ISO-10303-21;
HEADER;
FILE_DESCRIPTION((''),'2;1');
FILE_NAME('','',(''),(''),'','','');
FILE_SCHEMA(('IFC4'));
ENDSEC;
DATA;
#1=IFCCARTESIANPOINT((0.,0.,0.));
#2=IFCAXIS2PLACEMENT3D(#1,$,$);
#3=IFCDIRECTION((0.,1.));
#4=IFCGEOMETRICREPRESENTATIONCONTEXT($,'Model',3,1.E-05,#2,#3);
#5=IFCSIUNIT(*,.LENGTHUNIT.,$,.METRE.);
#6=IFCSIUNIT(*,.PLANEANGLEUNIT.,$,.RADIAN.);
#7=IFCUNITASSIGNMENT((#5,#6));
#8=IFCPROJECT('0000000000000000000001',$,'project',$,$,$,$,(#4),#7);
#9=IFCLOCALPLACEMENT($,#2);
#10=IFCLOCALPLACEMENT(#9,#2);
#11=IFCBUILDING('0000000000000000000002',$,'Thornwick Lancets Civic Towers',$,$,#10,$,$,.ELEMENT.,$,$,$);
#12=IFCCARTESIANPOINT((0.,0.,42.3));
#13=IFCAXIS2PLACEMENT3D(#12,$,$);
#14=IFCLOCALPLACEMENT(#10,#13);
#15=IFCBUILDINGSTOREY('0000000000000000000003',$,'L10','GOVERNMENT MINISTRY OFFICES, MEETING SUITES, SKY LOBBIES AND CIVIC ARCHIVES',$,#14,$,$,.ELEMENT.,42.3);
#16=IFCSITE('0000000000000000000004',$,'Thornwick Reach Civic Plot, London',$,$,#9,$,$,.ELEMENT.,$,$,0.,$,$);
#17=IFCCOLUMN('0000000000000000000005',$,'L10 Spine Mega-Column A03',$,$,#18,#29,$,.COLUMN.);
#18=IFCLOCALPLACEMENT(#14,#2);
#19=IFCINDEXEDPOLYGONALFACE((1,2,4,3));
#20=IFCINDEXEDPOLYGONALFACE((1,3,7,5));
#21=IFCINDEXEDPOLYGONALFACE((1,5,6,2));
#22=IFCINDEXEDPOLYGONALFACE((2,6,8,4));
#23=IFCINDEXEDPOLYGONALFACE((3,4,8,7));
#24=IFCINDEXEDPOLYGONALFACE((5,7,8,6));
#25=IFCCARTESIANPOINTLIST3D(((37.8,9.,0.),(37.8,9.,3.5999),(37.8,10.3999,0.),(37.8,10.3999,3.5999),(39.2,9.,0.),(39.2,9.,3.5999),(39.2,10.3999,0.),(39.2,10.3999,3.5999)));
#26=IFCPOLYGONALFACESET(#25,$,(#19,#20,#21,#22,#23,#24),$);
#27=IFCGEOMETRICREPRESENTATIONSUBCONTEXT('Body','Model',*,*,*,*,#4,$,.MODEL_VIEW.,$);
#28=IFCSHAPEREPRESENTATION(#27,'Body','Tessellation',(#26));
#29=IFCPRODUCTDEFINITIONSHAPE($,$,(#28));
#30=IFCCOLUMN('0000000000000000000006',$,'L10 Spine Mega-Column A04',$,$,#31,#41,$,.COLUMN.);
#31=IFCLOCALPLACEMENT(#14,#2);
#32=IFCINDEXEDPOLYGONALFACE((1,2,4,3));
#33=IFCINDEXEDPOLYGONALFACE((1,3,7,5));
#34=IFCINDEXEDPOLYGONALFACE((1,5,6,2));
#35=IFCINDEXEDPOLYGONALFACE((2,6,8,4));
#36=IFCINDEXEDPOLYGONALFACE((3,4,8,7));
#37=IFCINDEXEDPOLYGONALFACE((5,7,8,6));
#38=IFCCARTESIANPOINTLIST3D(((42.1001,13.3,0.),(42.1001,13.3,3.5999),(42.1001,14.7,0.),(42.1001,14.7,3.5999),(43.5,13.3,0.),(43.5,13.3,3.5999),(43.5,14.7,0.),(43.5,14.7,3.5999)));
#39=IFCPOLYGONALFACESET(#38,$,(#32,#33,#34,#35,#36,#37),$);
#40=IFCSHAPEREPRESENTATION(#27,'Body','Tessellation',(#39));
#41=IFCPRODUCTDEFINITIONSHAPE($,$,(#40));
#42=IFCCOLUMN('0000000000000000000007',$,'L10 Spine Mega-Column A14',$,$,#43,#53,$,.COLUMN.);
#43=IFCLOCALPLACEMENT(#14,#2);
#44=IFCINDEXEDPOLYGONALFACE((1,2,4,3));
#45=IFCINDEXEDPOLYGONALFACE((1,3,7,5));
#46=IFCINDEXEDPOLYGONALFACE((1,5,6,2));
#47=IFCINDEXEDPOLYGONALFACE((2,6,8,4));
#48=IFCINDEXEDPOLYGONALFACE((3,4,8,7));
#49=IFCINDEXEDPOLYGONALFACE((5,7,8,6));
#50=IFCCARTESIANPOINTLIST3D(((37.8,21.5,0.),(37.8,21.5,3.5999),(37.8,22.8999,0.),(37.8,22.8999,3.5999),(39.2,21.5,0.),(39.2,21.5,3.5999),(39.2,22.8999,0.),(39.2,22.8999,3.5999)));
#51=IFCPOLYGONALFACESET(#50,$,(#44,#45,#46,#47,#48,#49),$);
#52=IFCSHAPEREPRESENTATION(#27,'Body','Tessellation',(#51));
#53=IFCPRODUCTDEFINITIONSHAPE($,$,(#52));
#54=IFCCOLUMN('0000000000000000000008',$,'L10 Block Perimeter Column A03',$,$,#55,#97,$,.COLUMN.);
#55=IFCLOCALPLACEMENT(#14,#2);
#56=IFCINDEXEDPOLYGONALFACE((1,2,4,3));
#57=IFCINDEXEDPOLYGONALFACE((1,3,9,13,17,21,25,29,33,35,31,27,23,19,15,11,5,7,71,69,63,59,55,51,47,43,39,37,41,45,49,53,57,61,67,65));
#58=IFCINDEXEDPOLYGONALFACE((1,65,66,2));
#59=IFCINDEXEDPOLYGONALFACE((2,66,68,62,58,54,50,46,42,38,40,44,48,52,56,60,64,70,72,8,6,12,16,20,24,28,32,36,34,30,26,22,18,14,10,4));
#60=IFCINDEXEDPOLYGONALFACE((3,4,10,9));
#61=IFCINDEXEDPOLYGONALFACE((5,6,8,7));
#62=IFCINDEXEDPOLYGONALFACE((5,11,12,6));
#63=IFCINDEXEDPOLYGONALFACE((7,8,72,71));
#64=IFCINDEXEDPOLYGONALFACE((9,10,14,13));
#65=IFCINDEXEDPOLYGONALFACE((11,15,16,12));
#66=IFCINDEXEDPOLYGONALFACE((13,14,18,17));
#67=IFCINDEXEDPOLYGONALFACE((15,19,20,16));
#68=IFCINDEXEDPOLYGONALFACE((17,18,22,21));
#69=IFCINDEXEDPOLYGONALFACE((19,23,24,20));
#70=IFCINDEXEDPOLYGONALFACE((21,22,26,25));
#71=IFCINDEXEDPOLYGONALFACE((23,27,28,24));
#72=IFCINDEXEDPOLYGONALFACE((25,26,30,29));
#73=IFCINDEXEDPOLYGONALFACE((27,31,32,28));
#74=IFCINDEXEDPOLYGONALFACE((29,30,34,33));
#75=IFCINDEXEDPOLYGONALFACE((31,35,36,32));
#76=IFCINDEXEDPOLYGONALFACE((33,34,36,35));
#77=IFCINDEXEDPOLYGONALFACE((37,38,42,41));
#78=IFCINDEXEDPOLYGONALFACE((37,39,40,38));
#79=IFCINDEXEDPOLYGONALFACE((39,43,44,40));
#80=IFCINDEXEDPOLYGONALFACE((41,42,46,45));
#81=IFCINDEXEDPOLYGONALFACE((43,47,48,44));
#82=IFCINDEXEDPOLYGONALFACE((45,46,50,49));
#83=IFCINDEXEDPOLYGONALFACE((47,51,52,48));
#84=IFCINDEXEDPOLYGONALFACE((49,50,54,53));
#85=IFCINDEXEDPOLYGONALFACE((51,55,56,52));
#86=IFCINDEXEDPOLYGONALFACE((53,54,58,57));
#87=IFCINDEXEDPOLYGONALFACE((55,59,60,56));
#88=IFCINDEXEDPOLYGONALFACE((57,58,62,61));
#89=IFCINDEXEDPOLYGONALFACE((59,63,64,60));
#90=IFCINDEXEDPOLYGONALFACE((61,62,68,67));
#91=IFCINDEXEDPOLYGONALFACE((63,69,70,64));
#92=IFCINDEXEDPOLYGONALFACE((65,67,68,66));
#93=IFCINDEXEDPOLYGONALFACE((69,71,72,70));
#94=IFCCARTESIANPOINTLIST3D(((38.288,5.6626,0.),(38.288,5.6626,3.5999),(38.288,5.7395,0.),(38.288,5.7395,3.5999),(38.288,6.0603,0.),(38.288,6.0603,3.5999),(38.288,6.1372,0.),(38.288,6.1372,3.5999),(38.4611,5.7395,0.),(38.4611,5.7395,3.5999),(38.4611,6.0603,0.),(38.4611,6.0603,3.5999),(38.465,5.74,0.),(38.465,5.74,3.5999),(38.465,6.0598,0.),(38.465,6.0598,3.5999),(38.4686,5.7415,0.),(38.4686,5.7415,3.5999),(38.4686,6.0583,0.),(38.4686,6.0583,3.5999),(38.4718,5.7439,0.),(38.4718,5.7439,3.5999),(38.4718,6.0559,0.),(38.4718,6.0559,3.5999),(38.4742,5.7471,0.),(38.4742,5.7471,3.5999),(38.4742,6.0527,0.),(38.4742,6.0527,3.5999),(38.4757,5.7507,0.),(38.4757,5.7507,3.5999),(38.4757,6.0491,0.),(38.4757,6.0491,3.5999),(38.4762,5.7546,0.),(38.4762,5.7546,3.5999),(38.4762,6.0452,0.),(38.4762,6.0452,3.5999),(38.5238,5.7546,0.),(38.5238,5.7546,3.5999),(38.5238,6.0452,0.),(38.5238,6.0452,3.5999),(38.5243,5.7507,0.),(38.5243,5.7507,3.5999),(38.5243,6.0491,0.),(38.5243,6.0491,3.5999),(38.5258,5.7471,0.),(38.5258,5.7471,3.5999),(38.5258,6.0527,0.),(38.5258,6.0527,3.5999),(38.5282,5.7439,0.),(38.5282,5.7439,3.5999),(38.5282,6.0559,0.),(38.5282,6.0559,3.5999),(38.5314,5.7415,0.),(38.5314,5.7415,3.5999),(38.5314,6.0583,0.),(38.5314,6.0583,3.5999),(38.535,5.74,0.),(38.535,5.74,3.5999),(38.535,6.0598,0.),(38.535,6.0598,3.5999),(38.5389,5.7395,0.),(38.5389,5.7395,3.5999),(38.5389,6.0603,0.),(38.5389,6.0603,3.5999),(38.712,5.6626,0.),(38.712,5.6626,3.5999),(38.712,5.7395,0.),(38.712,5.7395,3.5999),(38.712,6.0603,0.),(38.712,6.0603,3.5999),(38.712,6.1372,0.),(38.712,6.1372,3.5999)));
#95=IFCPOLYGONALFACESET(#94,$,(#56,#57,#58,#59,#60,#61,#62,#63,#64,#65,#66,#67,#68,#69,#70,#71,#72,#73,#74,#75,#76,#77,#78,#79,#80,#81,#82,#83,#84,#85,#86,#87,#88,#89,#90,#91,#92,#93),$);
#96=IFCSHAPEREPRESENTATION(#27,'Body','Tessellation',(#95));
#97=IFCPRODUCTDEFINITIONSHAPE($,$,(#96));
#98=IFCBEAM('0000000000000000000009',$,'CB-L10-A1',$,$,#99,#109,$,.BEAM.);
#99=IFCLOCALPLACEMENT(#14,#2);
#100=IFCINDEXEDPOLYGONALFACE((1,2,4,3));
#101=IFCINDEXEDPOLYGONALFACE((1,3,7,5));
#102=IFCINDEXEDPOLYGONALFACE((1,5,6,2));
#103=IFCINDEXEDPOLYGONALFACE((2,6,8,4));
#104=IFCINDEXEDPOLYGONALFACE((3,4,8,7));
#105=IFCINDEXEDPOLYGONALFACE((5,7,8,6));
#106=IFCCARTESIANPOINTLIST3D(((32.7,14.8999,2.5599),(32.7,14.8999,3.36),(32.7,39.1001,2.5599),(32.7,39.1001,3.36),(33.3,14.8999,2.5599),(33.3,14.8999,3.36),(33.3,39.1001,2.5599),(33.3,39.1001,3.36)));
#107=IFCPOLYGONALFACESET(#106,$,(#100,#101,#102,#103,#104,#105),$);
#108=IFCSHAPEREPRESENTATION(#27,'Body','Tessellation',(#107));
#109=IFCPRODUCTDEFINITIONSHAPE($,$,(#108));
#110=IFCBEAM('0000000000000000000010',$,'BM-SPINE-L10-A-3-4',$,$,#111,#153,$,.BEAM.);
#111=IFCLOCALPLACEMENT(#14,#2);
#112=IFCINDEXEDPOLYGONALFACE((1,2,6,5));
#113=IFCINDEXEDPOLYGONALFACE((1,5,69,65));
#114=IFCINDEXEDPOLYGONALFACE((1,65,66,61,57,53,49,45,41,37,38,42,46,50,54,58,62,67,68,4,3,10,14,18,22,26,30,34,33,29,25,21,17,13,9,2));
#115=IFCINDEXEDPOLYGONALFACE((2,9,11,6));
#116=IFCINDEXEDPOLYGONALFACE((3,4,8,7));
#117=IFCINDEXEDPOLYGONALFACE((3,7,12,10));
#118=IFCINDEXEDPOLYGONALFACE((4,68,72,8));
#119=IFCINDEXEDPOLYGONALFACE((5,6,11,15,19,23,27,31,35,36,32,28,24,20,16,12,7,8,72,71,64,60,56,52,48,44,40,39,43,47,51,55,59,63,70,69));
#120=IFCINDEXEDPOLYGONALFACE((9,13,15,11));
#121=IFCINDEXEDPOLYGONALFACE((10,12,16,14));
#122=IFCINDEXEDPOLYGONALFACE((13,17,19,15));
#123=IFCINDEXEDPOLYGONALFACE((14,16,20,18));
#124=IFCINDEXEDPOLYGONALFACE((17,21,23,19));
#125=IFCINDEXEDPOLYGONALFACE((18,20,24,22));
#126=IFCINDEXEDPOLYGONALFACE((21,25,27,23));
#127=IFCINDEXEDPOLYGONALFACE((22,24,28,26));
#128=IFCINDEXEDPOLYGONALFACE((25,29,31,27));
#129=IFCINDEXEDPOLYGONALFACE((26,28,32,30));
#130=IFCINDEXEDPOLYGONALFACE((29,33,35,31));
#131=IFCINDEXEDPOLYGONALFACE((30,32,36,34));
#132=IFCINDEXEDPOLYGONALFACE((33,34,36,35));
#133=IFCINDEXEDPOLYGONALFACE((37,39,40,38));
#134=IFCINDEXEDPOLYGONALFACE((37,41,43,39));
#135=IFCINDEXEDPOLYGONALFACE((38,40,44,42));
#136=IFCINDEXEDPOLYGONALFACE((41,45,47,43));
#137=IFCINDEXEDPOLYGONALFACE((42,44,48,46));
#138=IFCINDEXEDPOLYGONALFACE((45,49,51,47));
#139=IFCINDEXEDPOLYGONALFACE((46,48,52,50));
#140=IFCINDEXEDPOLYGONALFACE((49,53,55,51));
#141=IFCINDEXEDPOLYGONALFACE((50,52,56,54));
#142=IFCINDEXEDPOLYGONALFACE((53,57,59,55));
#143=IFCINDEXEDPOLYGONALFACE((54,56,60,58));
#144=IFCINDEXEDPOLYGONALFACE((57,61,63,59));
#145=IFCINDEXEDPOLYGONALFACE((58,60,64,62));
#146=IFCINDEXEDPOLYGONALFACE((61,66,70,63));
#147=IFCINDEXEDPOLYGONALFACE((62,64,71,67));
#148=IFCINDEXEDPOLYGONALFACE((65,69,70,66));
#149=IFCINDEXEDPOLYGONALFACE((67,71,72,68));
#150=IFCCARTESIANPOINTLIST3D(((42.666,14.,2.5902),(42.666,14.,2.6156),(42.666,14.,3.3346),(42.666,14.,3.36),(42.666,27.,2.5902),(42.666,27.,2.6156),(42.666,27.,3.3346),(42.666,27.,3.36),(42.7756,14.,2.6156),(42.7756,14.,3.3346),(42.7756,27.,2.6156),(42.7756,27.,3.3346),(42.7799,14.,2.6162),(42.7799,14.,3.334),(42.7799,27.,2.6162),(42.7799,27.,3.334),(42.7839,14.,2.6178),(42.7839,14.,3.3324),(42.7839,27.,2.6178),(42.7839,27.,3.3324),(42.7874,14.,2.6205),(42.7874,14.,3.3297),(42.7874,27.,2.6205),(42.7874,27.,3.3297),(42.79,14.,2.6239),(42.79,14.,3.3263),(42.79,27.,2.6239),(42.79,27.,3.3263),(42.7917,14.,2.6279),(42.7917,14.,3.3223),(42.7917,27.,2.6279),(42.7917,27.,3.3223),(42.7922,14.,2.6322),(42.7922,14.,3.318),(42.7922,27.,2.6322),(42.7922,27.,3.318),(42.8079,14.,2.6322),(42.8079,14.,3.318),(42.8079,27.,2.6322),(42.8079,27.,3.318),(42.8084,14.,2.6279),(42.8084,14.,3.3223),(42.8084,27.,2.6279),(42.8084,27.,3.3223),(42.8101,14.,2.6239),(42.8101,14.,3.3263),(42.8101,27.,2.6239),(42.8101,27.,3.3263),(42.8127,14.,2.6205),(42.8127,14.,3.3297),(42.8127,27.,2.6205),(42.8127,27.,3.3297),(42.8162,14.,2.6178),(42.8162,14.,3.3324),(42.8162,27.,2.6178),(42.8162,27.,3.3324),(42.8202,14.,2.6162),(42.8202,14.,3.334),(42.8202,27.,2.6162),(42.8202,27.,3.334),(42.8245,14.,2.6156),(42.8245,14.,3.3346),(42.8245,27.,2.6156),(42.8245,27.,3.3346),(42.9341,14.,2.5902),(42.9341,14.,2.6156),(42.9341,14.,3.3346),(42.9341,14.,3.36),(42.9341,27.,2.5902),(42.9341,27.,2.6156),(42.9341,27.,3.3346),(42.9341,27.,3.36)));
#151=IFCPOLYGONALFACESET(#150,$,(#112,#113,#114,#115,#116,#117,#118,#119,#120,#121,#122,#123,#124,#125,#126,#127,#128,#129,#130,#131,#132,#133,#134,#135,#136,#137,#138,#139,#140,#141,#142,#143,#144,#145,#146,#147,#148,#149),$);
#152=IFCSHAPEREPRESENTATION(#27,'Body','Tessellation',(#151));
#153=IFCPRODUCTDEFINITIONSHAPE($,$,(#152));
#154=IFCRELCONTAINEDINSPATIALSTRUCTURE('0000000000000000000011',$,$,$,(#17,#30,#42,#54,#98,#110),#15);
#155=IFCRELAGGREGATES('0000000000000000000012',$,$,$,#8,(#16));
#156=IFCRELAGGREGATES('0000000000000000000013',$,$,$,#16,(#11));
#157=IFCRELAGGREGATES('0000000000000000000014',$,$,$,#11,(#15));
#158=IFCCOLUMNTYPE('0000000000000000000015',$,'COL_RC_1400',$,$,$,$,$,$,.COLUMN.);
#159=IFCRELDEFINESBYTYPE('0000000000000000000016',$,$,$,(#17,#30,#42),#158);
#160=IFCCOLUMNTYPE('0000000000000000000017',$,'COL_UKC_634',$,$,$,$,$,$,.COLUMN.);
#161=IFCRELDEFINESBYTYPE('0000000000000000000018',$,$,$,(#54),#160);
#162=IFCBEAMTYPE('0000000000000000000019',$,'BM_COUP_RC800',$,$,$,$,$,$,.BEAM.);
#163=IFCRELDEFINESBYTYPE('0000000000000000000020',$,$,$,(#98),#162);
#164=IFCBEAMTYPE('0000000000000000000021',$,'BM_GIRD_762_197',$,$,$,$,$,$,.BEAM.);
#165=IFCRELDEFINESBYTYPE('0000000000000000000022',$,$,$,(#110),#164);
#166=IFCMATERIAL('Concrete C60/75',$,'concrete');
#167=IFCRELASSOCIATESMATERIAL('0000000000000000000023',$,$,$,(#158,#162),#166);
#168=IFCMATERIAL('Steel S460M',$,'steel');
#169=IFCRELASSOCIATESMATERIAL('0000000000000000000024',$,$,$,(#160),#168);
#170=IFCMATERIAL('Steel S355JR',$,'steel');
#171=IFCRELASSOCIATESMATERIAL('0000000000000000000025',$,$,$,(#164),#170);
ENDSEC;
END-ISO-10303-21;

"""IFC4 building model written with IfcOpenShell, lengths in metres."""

from ifc_helpers import new_model, si_unit, direction, frame, origin, origin_2d, place, context, subcontext, project, spatial, rectangle, i_section, extrude, material, material_profile, profile_set, type_object, element, save


model = new_model("IFC4")

# Units and contexts
model_context = context("Model", 3, precision=1e-05, world=origin(), true_north=direction((0.0, 1.0)))
body_context = subcontext(model_context, "Body", "Model", "MODEL_VIEW")
ifc_project = project(units=[si_unit("LENGTHUNIT", "METRE"), si_unit("PLANEANGLEUNIT", "RADIAN")], contexts=[model_context])

# Site, building, storey
site_placement = place(None, origin())
site = spatial("IfcSite", under=ifc_project, at=site_placement, Name="Thornwick Reach Civic Plot, London", CompositionType="ELEMENT", RefElevation=0.0)
building_placement = place(site_placement, origin())
building = spatial("IfcBuilding", under=site, at=building_placement, Name="Thornwick Lancets Civic Towers", CompositionType="ELEMENT")
storey_placement = place(building_placement, frame((0.0, 0.0, 42.3)))
storey = spatial("IfcBuildingStorey", under=building, at=storey_placement, Name="L10", Description="GOVERNMENT MINISTRY OFFICES, MEETING SUITES, SKY LOBBIES AND CIVIC ARCHIVES", CompositionType="ELEMENT", Elevation=42.3)

# Columns
ifc_material_1 = material(Name="Concrete C60/75", Category="concrete")
ifc_material_profile_1 = material_profile(ifc_material_1, rectangle(XDim=1.3999, YDim=1.3999, at=origin_2d()), Name="RC 1400x1400")
ifc_profile_set_1 = profile_set([ifc_material_profile_1], Name="Concrete C60/75")
column_type_1 = type_object("IfcColumnType", Name="COL_RC_1400", PredefinedType="COLUMN", material=ifc_profile_set_1)
for number, where, z_axis, x_axis, name in (
    (1, (38.5, 9.7, 0.0), (0.0, 0.0, 1.0), (1.0, 0.0, 0.0), "L10 Spine Mega-Column A03"),
    (2, (42.8, 14.0, 0.0), (0.0, 0.0, 1.0), (1.0, 0.0, 0.0), "L10 Spine Mega-Column A04"),
    (3, (38.5, 22.2, 0.0), (0.0, 0.0, 1.0), (1.0, 0.0, 0.0), "L10 Spine Mega-Column A14"),
):
    element("IfcColumn", number, at=place(storey_placement, frame(where, z_axis=z_axis, x_axis=x_axis)), inside=storey, type_object=column_type_1, Name=name, PredefinedType="COLUMN", context=body_context, shape_type="SweptSolid", body=[
        extrude(rectangle(XDim=1.3999, YDim=1.3999, at=origin_2d()), origin(), (0.0, 0.0, 1.0), 3.5999),
    ])
ifc_material_2 = material(Name="Steel S460M", Category="steel")
ifc_material_profile_2 = material_profile(ifc_material_2, i_section(OverallWidth=0.4241, OverallDepth=0.4746, WebThickness=0.0476, FlangeThickness=0.0769, FilletRadius=0.0151, at=origin_2d()), Name="UKC 356x406x634")
ifc_profile_set_2 = profile_set([ifc_material_profile_2], Name="Steel S460M")
column_type_2 = type_object("IfcColumnType", Name="COL_UKC_634", PredefinedType="COLUMN", material=ifc_profile_set_2)
column_placement = place(storey_placement, frame((38.5, 5.8999, 0.0), z_axis=(0.0, 0.0, 1.0), x_axis=(1.0, 0.0, 0.0)))
element("IfcColumn", 4, at=column_placement, inside=storey, type_object=column_type_2, Name="L10 Block Perimeter Column A03", PredefinedType="COLUMN", context=body_context, shape_type="SweptSolid", body=[
    extrude(i_section(OverallWidth=0.4241, OverallDepth=0.4746, WebThickness=0.0476, FlangeThickness=0.0769, FilletRadius=0.0151, at=origin_2d()), origin(), (0.0, 0.0, 1.0), 3.5999),
])

# Beams
ifc_material_profile_3 = material_profile(ifc_material_1, rectangle(XDim=0.6001, YDim=0.8, at=origin_2d()), Name="RC 600x800")
ifc_profile_set_3 = profile_set([ifc_material_profile_3], Name="Concrete C60/75")
beam_type_1 = type_object("IfcBeamType", Name="BM_COUP_RC800", PredefinedType="BEAM", material=ifc_profile_set_3)
beam_1_placement = place(storey_placement, frame((33.0, 14.8999, 2.96), z_axis=(0.0, 1.0, 0.0), x_axis=(-1.0, 0.0, 0.0)))
element("IfcBeam", 5, at=beam_1_placement, inside=storey, type_object=beam_type_1, Name="CB-L10-A1", PredefinedType="BEAM", context=body_context, shape_type="SweptSolid", body=[
    extrude(rectangle(XDim=0.6001, YDim=0.8, at=origin_2d()), origin(), (0.0, 0.0, 1.0), 24.2002),
])
ifc_material_3 = material(Name="Steel S355JR", Category="steel")
ifc_material_profile_4 = material_profile(ifc_material_3, i_section(OverallWidth=0.2681, OverallDepth=0.7698, WebThickness=0.0156, FlangeThickness=0.0254, FilletRadius=0.0166, at=origin_2d()), Name="UKB 762x267x197")
ifc_profile_set_4 = profile_set([ifc_material_profile_4], Name="Steel S355JR")
beam_type_2 = type_object("IfcBeamType", Name="BM_GIRD_762_197", PredefinedType="BEAM", material=ifc_profile_set_4)
beam_2_placement = place(storey_placement, frame((42.8, 14.0, 2.9751), z_axis=(0.0, 1.0, 0.0), x_axis=(-1.0, 0.0, 0.0)))
element("IfcBeam", 6, at=beam_2_placement, inside=storey, type_object=beam_type_2, Name="BM-SPINE-L10-A-3-4", PredefinedType="BEAM", context=body_context, shape_type="SweptSolid", body=[
    extrude(i_section(OverallWidth=0.2681, OverallDepth=0.7698, WebThickness=0.0156, FlangeThickness=0.0254, FilletRadius=0.0166, at=origin_2d()), origin(), (0.0, 0.0, 1.0), 13.0),
])

save(model, "model.ifc")
